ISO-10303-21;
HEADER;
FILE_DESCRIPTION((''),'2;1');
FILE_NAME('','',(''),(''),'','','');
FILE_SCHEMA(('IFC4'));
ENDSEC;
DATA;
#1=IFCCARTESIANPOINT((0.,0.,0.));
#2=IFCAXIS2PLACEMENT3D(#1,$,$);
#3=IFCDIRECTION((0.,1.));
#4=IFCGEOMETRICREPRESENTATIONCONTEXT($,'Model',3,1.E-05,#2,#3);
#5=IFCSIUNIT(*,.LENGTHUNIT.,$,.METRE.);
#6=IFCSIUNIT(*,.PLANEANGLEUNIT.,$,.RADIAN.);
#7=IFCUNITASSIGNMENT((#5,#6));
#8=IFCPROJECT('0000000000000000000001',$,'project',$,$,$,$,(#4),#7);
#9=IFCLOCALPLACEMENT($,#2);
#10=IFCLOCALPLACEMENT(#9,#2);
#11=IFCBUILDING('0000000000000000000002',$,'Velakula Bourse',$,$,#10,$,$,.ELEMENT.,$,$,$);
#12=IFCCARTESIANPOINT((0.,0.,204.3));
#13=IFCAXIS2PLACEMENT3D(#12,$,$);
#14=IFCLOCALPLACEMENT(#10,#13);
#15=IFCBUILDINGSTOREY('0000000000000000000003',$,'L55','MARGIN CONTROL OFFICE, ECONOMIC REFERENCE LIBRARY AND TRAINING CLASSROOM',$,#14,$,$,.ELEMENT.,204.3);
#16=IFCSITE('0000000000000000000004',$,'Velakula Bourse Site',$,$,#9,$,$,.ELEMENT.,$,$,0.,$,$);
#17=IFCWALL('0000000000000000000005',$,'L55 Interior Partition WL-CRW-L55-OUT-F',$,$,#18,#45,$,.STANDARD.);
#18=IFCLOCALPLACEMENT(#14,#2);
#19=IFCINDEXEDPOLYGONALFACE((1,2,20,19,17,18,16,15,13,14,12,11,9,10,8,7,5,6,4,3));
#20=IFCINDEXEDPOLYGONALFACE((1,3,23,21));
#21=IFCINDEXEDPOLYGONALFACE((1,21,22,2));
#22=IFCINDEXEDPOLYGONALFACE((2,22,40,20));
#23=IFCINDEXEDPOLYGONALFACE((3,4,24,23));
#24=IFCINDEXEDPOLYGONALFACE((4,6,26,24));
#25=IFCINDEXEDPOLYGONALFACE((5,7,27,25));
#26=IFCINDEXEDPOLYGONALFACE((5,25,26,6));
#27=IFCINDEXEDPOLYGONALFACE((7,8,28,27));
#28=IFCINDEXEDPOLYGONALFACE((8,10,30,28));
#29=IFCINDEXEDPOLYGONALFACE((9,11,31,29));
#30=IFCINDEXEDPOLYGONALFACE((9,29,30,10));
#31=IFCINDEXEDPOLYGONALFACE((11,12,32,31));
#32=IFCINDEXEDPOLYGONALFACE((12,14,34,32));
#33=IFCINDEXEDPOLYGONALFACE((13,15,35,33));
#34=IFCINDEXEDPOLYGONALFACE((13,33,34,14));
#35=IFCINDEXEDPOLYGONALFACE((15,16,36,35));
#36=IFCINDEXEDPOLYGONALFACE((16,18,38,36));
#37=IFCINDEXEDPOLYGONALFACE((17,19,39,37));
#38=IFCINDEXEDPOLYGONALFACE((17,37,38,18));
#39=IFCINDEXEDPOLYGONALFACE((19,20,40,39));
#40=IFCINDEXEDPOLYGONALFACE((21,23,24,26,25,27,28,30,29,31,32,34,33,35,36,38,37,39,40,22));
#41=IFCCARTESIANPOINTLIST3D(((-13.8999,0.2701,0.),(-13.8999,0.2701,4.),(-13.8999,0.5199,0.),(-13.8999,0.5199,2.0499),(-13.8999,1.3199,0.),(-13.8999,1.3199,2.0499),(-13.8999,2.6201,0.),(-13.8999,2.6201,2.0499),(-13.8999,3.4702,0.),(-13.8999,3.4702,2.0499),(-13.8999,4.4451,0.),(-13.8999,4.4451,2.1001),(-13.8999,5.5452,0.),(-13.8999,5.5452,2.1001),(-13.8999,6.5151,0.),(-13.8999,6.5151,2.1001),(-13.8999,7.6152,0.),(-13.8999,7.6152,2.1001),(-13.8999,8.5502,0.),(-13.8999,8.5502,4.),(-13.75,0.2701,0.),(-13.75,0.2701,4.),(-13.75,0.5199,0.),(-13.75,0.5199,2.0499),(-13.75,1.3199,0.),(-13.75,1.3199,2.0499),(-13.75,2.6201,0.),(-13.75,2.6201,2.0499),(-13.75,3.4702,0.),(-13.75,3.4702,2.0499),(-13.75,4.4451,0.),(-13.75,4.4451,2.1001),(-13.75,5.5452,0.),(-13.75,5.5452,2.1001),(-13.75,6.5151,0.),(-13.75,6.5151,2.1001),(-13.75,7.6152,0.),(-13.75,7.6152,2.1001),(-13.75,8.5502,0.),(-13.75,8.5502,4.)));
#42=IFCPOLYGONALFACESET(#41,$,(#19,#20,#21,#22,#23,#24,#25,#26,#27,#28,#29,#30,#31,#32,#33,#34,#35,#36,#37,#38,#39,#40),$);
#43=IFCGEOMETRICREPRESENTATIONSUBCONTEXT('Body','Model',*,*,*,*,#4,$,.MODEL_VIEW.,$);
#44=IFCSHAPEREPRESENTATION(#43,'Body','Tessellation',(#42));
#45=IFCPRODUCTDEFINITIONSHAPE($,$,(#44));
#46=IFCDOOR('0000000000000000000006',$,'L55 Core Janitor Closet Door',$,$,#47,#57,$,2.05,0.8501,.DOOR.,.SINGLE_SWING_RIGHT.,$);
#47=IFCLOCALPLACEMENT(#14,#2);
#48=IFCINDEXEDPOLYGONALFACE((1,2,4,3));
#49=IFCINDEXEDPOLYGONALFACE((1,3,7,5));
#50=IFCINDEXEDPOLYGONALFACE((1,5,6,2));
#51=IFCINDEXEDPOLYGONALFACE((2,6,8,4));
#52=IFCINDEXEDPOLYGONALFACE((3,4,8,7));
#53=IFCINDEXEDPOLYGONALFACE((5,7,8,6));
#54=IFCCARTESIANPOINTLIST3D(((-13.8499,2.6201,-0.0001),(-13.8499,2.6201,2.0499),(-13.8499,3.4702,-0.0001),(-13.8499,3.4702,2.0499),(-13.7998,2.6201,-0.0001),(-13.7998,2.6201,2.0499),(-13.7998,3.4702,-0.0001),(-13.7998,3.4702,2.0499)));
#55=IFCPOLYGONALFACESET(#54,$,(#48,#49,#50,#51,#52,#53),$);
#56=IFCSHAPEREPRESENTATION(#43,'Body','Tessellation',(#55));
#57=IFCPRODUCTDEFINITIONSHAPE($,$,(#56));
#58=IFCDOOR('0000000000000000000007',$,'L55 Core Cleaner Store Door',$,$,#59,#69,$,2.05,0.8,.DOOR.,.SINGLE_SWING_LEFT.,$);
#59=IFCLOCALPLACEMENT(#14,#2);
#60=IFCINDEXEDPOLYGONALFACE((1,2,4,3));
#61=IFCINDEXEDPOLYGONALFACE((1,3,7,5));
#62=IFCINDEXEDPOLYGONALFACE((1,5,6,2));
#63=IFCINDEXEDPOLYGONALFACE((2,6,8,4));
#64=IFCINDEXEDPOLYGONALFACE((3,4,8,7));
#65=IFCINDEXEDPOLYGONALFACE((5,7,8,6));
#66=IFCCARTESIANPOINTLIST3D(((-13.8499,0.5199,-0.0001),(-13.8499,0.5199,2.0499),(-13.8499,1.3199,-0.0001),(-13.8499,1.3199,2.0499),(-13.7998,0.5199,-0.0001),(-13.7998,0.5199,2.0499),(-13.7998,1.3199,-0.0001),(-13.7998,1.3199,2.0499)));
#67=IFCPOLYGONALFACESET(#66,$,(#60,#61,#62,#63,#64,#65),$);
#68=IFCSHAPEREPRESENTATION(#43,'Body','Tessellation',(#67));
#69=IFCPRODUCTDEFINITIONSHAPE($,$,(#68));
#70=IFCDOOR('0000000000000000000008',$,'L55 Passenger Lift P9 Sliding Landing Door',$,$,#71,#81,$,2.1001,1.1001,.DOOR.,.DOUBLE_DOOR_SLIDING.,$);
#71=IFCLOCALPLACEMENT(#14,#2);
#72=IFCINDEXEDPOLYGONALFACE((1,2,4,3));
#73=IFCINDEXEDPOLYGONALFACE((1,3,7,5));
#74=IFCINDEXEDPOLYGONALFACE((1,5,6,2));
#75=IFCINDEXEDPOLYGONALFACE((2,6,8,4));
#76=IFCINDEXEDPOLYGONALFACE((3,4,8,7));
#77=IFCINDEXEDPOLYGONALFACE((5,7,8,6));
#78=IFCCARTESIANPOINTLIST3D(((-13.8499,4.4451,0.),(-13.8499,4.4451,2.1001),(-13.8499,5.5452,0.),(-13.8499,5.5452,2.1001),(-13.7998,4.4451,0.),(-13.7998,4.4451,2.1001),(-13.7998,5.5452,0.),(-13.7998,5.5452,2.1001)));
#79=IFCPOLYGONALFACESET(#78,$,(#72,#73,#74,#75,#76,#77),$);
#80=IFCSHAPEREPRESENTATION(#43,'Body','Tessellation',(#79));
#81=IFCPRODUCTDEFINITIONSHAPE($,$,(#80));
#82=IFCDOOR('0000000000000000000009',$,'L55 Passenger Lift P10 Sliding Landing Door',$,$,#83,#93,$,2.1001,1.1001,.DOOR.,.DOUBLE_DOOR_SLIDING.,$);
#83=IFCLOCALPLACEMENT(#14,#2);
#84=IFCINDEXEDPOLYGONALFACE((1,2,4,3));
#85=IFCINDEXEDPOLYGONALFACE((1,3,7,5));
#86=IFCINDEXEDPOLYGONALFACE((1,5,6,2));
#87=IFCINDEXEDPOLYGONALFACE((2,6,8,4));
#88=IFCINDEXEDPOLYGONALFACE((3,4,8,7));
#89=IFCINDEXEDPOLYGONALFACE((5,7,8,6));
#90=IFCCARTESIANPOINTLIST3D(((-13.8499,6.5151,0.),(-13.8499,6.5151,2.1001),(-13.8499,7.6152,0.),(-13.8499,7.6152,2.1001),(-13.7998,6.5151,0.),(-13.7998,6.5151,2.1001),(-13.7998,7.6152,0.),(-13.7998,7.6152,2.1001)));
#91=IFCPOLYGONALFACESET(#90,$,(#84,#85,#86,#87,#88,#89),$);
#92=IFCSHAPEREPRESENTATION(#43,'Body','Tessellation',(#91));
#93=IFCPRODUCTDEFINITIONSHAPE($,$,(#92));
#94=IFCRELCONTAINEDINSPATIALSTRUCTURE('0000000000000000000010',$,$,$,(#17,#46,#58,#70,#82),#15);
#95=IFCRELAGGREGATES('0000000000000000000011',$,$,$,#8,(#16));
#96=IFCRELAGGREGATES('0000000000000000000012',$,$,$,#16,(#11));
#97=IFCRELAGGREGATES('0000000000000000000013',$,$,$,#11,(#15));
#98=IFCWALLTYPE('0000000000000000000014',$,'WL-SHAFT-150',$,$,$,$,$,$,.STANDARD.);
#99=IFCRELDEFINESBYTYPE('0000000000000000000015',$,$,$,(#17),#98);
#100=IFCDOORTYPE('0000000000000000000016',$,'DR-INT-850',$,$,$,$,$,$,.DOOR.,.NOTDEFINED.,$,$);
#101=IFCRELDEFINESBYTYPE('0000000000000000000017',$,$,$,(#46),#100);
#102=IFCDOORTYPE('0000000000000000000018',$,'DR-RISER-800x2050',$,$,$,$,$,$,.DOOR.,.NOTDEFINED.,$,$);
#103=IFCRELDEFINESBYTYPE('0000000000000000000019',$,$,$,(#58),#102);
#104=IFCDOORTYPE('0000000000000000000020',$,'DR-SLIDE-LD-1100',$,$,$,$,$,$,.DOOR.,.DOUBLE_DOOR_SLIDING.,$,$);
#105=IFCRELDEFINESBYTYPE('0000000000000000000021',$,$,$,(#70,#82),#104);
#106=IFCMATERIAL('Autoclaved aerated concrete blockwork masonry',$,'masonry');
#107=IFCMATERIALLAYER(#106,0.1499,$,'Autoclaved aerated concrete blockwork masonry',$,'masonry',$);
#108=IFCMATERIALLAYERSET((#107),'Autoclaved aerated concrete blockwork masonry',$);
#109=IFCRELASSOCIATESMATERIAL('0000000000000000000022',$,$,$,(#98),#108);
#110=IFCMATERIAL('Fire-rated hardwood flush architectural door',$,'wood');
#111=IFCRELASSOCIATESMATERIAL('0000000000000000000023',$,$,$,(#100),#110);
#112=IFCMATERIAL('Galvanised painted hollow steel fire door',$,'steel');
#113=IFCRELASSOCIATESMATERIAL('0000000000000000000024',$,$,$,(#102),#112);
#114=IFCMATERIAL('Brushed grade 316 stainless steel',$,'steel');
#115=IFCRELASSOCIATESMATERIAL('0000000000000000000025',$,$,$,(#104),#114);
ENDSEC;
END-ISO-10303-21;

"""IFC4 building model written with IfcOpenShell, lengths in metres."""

from ifc_helpers import new_model, si_unit, direction, frame, frame_2d, origin, place, context, subcontext, project, spatial, rectangle, extrude, material, layer, layer_set, type_object, element, fill, save


model = new_model("IFC4")

# Units and contexts
model_context = context("Model", 3, precision=1e-05, world=origin(), true_north=direction((0.0, 1.0)))
body_context = subcontext(model_context, "Body", "Model", "MODEL_VIEW")
ifc_project = project(units=[si_unit("LENGTHUNIT", "METRE"), si_unit("PLANEANGLEUNIT", "RADIAN")], contexts=[model_context])

# Site, building, storey
site_placement = place(None, origin())
site = spatial("IfcSite", under=ifc_project, at=site_placement, Name="Velakula Bourse Site", CompositionType="ELEMENT", RefElevation=0.0)
building_placement = place(site_placement, origin())
building = spatial("IfcBuilding", under=site, at=building_placement, Name="Velakula Bourse", CompositionType="ELEMENT")
storey_placement = place(building_placement, frame((0.0, 0.0, 204.3)))
storey = spatial("IfcBuildingStorey", under=building, at=storey_placement, Name="L55", Description="MARGIN CONTROL OFFICE, ECONOMIC REFERENCE LIBRARY AND TRAINING CLASSROOM", CompositionType="ELEMENT", Elevation=204.3)

# Shared definitions
ifc_material_1 = material(Name="Fire-rated hardwood flush architectural door", Category="wood")

# Shared definitions
ifc_material_2 = material(Name="Autoclaved aerated concrete blockwork masonry", Category="masonry")
ifc_layer_1 = layer(ifc_material_2, 0.1499, Name="Autoclaved aerated concrete blockwork masonry", Category="masonry")
ifc_layer_set_1 = layer_set([ifc_layer_1], Name="Autoclaved aerated concrete blockwork masonry")
wall_type_1 = type_object("IfcWallType", Name="WL-SHAFT-150", PredefinedType="STANDARD", material=ifc_layer_set_1)

# Wall, openings, doors
wall_1_placement = place(storey_placement, frame((-13.825, 0.27, 0.0), z_axis=(0.0, 0.0, 1.0), x_axis=(0.0, 1.0, 0.0)))
wall_1 = element("IfcWall", 1, at=wall_1_placement, inside=storey, type_object=wall_type_1, Name="L55 Interior Partition WL-CRW-L55-OUT-F", PredefinedType="STANDARD", context=body_context, shape_type="SweptSolid", body=[
    extrude(rectangle(XDim=8.28, YDim=0.1499, at=frame_2d((4.1401, 0.0))), origin(), (0.0, 0.0, 1.0), 4.0),
])
opening_1_placement = place(wall_1_placement, frame((4.175, 0.0, 0.0)))
opening_1 = element("IfcOpeningElement", 2, at=opening_1_placement, cuts=wall_1, PredefinedType="OPENING", context=body_context, shape_type="SweptSolid", body=[
    extrude(rectangle(XDim=1.1001, YDim=2.1001, at=frame_2d((0.55, 1.05))), frame((0.0, 0.085, 0.0), z_axis=(0.0, -1.0, 0.0), x_axis=(1.0, 0.0, 0.0)), (0.0, 0.0, 1.0), 0.1699),
])
opening_2_placement = place(wall_1_placement, frame((6.2451, 0.0, 0.0)))
opening_2 = element("IfcOpeningElement", 3, at=opening_2_placement, cuts=wall_1, PredefinedType="OPENING", context=body_context, shape_type="SweptSolid", body=[
    extrude(rectangle(XDim=1.1001, YDim=2.1001, at=frame_2d((0.55, 1.05))), frame((0.0, 0.085, 0.0), z_axis=(0.0, -1.0, 0.0), x_axis=(1.0, 0.0, 0.0)), (0.0, 0.0, 1.0), 0.1699),
])
opening_3_placement = place(wall_1_placement, frame((0.25, 0.0, 0.0)))
opening_3 = element("IfcOpeningElement", 4, at=opening_3_placement, cuts=wall_1, PredefinedType="OPENING", context=body_context, shape_type="SweptSolid", body=[
    extrude(rectangle(XDim=0.8, YDim=2.05, at=frame_2d((0.3999, 1.0249))), frame((0.0, 0.085, 0.0), z_axis=(0.0, -1.0, 0.0), x_axis=(1.0, 0.0, 0.0)), (0.0, 0.0, 1.0), 0.1699),
])
opening_4_placement = place(wall_1_placement, frame((2.3501, 0.0, 0.0)))
opening_4 = element("IfcOpeningElement", 5, at=opening_4_placement, cuts=wall_1, PredefinedType="OPENING", context=body_context, shape_type="SweptSolid", body=[
    extrude(rectangle(XDim=0.8501, YDim=2.05, at=frame_2d((0.425, 1.0249))), frame((0.0, 0.085, 0.0), z_axis=(0.0, -1.0, 0.0), x_axis=(1.0, 0.0, 0.0)), (0.0, 0.0, 1.0), 0.1699),
])
door_type_1 = type_object("IfcDoorType", Name="DR-INT-850", OperationType="NOTDEFINED", PredefinedType="DOOR", material=ifc_material_1)
door_1_placement = place(opening_4_placement, origin())
door_1 = element("IfcDoor", 6, at=door_1_placement, inside=storey, type_object=door_type_1, Name="L55 Core Janitor Closet Door", OperationType="SINGLE_SWING_RIGHT", OverallHeight=2.05, OverallWidth=0.8501, PredefinedType="DOOR", context=body_context, shape_type="SweptSolid", body=[
    extrude(rectangle(XDim=0.8501, YDim=2.05, at=frame_2d((0.425, 1.0249))), frame((0.0, 0.0249, 0.0), z_axis=(0.0, -1.0, 0.0), x_axis=(1.0, 0.0, 0.0)), (0.0, 0.0, 1.0), 0.05),
])
fill(opening_4, door_1)
ifc_material_3 = material(Name="Galvanised painted hollow steel fire door", Category="steel")
door_type_2 = type_object("IfcDoorType", Name="DR-RISER-800x2050", OperationType="NOTDEFINED", PredefinedType="DOOR", material=ifc_material_3)
door_2_placement = place(opening_3_placement, origin())
door_2 = element("IfcDoor", 7, at=door_2_placement, inside=storey, type_object=door_type_2, Name="L55 Core Cleaner Store Door", OperationType="SINGLE_SWING_LEFT", OverallHeight=2.05, OverallWidth=0.8, PredefinedType="DOOR", context=body_context, shape_type="SweptSolid", body=[
    extrude(rectangle(XDim=0.8, YDim=2.05, at=frame_2d((0.3999, 1.0249))), frame((0.0, 0.0249, 0.0), z_axis=(0.0, -1.0, 0.0), x_axis=(1.0, 0.0, 0.0)), (0.0, 0.0, 1.0), 0.05),
])
fill(opening_3, door_2)
ifc_material_4 = material(Name="Brushed grade 316 stainless steel", Category="steel")
door_type_3 = type_object("IfcDoorType", Name="DR-SLIDE-LD-1100", OperationType="DOUBLE_DOOR_SLIDING", PredefinedType="DOOR", material=ifc_material_4)
door_3_placement = place(opening_1_placement, origin())
door_3 = element("IfcDoor", 8, at=door_3_placement, inside=storey, type_object=door_type_3, Name="L55 Passenger Lift P9 Sliding Landing Door", OperationType="DOUBLE_DOOR_SLIDING", OverallHeight=2.1001, OverallWidth=1.1001, PredefinedType="DOOR", context=body_context, shape_type="SweptSolid", body=[
    extrude(rectangle(XDim=1.1001, YDim=2.1001, at=frame_2d((0.55, 1.05))), frame((0.0, 0.0249, 0.0), z_axis=(0.0, -1.0, 0.0), x_axis=(1.0, 0.0, 0.0)), (0.0, 0.0, 1.0), 0.05),
])
fill(opening_1, door_3)
door_4_placement = place(opening_2_placement, origin())
door_4 = element("IfcDoor", 9, at=door_4_placement, inside=storey, type_object=door_type_3, Name="L55 Passenger Lift P10 Sliding Landing Door", OperationType="DOUBLE_DOOR_SLIDING", OverallHeight=2.1001, OverallWidth=1.1001, PredefinedType="DOOR", context=body_context, shape_type="SweptSolid", body=[
    extrude(rectangle(XDim=1.1001, YDim=2.1001, at=frame_2d((0.55, 1.05))), frame((0.0, 0.0249, 0.0), z_axis=(0.0, -1.0, 0.0), x_axis=(1.0, 0.0, 0.0)), (0.0, 0.0, 1.0), 0.05),
])
fill(opening_2, door_4)

save(model, "model.ifc")
